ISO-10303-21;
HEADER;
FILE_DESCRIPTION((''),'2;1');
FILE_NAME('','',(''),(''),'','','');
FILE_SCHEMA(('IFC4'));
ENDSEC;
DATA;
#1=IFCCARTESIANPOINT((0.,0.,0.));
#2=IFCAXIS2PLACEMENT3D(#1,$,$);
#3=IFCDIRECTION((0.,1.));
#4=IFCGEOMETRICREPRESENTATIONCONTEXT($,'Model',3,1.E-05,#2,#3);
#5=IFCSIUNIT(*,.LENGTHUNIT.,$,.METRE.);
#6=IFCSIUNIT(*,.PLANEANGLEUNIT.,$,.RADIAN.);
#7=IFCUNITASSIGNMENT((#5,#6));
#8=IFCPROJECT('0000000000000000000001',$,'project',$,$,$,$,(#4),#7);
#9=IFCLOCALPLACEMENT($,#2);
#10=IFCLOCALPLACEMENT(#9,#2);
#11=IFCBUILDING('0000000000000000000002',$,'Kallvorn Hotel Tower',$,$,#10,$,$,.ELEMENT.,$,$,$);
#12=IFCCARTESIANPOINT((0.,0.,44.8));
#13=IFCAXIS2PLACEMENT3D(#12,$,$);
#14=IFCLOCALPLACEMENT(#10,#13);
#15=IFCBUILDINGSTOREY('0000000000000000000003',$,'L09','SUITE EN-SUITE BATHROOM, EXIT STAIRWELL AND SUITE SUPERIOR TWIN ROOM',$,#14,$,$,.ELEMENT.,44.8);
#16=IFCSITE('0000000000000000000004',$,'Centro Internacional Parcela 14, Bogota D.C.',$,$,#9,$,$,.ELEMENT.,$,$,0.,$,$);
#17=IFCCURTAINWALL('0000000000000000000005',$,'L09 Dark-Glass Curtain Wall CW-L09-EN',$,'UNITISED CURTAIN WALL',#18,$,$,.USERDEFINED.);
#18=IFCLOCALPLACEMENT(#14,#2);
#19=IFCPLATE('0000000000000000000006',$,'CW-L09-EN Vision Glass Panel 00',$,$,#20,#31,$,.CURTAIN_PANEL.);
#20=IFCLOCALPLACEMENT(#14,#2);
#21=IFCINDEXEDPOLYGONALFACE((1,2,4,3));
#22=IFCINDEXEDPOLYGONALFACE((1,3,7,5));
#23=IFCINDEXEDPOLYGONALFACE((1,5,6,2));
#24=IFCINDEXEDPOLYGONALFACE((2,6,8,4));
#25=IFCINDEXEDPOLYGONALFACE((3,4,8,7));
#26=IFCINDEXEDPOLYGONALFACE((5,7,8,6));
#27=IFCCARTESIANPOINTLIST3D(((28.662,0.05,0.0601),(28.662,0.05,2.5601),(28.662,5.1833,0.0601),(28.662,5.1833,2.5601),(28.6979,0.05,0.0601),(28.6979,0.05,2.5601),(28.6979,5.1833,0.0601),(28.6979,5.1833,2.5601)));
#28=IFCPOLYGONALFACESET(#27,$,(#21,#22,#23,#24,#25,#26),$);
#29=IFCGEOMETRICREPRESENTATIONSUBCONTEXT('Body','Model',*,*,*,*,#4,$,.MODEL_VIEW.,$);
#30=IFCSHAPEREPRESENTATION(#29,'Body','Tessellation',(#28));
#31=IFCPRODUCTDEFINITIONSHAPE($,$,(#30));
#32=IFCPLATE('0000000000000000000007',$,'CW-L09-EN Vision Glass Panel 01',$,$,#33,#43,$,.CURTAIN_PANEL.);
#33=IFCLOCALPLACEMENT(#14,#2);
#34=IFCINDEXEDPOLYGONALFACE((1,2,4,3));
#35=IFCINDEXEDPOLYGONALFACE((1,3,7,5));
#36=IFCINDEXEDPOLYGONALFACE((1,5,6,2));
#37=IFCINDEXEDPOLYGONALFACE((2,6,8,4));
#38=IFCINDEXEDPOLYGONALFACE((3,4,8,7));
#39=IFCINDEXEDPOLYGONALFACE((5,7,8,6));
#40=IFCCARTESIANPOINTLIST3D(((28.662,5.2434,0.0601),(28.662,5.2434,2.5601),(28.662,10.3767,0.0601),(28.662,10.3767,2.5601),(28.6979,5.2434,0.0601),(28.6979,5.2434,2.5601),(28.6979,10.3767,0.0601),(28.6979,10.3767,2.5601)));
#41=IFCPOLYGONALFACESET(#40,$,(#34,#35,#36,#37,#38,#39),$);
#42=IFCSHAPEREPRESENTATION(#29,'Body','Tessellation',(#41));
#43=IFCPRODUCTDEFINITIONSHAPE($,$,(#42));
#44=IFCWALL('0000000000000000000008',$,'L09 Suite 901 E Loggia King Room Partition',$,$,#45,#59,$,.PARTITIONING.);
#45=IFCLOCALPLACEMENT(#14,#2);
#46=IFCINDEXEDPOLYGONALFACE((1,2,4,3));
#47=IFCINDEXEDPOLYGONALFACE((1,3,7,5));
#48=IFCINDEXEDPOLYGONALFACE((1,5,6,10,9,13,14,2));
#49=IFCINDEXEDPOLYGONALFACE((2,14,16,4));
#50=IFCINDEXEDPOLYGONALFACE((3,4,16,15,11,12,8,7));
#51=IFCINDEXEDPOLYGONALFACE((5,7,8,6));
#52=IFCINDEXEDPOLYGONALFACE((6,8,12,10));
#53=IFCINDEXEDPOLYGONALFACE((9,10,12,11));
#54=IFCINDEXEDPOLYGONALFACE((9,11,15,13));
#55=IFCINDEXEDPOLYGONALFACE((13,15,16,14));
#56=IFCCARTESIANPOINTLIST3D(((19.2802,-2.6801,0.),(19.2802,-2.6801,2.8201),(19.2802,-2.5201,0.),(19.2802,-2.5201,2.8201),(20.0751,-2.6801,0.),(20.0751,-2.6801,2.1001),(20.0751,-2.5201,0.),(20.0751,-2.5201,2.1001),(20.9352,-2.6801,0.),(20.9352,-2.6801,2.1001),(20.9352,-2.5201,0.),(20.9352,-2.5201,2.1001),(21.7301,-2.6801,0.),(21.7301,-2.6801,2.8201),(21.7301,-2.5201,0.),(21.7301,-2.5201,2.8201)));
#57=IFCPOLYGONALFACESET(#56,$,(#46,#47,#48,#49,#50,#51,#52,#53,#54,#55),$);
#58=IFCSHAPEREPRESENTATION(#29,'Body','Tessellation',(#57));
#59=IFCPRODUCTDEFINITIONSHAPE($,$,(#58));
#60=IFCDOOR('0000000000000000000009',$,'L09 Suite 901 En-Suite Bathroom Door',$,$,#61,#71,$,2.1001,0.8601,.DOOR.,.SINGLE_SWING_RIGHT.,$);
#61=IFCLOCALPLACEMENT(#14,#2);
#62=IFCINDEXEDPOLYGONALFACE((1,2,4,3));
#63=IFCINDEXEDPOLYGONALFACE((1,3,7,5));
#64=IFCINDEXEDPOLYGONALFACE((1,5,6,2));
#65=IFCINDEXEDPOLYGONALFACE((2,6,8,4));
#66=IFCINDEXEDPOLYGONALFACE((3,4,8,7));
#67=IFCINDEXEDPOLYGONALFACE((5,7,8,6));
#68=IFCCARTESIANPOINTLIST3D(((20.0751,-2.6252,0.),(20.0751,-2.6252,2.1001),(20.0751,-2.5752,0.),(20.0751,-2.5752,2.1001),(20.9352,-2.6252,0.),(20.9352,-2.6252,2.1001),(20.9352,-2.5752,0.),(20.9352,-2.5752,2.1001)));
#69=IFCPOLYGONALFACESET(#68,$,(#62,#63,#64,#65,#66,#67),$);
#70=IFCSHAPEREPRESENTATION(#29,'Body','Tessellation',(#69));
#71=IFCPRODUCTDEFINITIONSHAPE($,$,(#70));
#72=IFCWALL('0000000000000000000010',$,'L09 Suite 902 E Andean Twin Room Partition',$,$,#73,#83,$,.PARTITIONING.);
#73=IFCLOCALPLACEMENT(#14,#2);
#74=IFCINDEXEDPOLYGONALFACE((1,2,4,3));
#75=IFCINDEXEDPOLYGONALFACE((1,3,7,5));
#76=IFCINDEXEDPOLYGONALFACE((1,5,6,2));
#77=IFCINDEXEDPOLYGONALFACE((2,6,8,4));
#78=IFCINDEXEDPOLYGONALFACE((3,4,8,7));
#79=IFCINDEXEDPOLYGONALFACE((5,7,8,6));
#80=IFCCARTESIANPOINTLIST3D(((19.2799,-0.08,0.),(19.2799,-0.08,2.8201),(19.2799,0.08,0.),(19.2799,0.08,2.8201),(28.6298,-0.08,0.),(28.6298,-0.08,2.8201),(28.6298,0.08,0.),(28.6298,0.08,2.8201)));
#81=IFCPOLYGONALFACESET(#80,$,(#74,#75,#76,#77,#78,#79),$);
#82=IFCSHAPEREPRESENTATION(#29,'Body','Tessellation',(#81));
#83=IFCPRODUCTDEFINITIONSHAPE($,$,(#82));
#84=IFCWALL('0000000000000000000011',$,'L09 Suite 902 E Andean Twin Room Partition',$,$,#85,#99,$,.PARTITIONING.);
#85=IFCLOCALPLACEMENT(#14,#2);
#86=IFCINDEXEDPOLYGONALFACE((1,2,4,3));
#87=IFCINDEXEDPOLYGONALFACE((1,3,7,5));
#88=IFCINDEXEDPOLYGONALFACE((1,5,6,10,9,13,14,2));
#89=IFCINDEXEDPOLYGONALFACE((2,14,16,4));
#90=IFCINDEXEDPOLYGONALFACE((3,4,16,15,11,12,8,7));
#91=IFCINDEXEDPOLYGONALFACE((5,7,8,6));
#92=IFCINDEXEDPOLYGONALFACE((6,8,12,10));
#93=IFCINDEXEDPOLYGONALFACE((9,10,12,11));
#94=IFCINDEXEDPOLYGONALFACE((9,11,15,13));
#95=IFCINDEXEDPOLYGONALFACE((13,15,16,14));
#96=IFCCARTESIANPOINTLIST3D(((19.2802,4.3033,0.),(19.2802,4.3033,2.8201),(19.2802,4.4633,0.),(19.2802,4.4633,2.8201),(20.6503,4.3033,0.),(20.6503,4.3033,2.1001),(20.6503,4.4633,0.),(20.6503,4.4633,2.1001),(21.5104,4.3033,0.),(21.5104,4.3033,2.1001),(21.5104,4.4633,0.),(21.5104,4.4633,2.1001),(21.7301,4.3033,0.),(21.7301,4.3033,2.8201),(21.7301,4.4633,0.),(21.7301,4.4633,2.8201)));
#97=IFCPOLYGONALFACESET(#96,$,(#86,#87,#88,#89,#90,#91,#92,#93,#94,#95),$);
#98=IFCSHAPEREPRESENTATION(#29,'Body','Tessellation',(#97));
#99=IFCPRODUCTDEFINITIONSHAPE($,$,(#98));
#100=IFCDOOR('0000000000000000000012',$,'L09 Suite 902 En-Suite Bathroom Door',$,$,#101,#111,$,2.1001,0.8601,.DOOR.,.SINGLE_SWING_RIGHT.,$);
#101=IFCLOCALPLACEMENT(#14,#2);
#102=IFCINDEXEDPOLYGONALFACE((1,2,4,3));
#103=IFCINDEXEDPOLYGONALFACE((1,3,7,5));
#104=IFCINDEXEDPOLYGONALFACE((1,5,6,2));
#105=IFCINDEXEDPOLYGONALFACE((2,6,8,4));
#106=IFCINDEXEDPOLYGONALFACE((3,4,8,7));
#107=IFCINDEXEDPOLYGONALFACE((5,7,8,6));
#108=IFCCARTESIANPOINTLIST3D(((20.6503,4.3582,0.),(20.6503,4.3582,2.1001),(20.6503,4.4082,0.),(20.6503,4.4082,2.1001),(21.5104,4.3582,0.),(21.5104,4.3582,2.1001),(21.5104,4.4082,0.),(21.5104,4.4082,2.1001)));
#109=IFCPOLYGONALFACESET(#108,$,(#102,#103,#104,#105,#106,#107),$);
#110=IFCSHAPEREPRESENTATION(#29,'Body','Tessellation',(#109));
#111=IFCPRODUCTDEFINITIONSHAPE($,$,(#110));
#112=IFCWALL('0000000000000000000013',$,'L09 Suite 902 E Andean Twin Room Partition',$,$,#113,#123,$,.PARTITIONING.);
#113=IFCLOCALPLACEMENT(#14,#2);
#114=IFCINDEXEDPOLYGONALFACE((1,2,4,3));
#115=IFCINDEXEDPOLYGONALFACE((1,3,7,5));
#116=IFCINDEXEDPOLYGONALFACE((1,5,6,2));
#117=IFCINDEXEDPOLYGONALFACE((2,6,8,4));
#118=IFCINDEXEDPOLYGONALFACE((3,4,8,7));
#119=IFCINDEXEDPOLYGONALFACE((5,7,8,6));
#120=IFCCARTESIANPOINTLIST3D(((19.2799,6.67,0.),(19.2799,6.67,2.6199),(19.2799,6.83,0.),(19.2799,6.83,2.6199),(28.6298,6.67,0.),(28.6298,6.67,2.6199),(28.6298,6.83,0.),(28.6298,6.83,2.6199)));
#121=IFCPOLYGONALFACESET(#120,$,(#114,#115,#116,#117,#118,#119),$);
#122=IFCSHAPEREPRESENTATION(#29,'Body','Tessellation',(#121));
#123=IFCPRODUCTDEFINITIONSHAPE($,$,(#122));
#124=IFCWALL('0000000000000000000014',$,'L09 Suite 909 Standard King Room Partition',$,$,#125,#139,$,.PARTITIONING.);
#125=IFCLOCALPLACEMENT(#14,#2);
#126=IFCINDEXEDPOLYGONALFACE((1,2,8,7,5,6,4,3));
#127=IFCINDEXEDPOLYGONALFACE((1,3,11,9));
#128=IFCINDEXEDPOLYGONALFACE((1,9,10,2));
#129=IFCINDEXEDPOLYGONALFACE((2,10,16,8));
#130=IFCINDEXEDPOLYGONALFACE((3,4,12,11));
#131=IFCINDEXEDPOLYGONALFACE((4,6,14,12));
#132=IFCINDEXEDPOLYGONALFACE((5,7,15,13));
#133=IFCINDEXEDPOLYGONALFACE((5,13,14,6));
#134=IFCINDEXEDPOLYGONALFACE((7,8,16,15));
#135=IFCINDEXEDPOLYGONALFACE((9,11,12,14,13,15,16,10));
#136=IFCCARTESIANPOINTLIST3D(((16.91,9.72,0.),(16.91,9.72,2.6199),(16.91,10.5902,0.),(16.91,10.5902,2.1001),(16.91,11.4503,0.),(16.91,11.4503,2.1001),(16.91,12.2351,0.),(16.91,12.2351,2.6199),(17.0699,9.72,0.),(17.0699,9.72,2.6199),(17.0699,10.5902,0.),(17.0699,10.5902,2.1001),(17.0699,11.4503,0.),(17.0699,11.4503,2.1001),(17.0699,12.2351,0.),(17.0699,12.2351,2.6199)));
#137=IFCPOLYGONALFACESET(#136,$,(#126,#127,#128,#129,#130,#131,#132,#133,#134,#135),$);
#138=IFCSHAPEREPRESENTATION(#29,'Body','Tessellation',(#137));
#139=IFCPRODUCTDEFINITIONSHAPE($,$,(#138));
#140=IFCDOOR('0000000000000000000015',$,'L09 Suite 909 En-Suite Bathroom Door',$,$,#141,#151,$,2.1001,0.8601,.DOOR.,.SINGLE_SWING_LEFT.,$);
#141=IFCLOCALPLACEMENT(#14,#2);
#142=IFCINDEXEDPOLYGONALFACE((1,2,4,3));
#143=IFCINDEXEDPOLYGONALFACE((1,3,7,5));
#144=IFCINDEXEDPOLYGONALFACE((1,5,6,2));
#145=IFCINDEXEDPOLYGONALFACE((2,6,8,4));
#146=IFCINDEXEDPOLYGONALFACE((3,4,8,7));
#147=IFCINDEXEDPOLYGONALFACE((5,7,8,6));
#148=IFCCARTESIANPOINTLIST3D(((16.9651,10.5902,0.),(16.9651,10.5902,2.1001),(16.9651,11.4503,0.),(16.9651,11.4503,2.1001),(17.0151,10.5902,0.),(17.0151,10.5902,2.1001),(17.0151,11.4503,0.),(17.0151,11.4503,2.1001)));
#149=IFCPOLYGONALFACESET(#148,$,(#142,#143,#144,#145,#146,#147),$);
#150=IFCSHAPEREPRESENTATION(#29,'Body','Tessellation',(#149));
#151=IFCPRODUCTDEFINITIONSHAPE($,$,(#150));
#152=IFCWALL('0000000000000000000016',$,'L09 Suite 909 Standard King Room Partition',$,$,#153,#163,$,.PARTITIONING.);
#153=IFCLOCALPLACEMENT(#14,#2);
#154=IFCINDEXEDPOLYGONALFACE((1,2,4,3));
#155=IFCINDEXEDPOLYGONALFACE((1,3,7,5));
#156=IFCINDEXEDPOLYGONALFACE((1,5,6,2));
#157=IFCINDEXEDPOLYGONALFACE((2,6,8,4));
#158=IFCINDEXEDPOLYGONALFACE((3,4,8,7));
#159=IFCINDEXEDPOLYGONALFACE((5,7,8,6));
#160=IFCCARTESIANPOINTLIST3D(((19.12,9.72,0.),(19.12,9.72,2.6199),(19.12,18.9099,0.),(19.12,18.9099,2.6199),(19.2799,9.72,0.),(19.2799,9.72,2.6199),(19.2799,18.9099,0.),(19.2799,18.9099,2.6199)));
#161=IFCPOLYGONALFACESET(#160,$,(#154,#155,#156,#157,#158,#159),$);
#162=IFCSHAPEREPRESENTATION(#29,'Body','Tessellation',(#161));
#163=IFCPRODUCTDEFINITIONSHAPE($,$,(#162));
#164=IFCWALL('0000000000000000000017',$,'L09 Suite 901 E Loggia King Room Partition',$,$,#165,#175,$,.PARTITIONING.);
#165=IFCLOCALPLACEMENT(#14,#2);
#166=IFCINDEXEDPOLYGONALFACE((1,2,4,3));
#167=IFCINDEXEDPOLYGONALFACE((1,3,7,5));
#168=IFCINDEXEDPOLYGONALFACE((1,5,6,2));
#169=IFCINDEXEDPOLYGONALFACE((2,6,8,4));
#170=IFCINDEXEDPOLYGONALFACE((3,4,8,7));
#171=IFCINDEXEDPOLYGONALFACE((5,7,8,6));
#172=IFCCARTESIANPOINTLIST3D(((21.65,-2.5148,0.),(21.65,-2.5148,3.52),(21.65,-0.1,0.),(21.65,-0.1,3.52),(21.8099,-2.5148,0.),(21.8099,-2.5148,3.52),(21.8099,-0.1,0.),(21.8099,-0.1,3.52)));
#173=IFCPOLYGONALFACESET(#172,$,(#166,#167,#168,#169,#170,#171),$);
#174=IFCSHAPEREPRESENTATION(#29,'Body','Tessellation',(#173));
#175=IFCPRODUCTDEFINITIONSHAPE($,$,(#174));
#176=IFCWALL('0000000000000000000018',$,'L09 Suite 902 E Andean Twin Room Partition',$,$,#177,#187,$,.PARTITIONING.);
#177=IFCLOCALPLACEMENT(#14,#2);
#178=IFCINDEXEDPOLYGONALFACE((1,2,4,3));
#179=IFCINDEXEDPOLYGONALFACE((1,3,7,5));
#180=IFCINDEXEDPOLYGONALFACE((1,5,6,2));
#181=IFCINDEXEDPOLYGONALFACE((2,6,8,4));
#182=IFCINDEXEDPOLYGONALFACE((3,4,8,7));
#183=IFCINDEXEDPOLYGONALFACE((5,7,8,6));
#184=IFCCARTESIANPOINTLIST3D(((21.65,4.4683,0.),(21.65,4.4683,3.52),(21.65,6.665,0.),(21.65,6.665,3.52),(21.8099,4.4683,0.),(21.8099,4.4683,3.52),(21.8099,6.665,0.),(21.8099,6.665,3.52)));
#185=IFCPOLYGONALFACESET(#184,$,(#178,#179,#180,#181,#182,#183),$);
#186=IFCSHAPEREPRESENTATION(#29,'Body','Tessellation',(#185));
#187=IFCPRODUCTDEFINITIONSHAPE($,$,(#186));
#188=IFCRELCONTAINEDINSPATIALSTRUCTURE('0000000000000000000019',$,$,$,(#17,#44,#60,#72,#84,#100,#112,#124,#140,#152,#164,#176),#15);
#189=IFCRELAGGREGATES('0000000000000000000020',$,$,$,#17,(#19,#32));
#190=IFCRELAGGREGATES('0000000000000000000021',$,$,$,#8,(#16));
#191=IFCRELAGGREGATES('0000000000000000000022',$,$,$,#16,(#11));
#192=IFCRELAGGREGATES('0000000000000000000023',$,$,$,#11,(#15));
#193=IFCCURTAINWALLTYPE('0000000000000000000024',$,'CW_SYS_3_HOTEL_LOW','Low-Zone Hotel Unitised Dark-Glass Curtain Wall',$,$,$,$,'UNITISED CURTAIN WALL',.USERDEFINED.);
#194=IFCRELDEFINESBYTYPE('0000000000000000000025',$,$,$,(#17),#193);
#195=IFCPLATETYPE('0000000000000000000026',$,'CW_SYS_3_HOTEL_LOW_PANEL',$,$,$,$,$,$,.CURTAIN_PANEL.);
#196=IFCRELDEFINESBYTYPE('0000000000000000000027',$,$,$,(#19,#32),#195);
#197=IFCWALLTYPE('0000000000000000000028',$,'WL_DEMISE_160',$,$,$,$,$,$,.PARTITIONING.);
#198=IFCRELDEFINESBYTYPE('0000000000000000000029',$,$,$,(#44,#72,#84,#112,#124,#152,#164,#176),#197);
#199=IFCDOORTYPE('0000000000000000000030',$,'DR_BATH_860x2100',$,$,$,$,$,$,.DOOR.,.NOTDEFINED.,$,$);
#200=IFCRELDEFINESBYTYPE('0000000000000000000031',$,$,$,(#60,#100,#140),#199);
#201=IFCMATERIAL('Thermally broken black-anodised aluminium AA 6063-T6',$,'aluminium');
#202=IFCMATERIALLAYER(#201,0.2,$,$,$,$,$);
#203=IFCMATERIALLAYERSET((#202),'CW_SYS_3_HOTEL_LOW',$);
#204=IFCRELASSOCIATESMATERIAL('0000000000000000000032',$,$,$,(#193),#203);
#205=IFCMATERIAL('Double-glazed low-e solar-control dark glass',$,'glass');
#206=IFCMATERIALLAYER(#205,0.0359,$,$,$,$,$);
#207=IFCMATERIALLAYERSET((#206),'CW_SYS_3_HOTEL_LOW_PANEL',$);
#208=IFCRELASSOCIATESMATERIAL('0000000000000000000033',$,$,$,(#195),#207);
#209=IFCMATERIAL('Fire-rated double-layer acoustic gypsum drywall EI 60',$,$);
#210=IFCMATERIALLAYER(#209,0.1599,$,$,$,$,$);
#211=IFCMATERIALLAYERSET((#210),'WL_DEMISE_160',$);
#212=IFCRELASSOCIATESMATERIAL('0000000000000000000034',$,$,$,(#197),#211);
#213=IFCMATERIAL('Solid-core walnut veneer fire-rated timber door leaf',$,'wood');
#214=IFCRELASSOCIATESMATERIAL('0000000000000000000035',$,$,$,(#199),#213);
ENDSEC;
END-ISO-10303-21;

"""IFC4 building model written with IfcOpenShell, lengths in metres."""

from ifc_helpers import new_model, si_unit, direction, frame, frame_2d, origin, origin_2d, place, context, subcontext, project, spatial, rectangle, extrude, material, layer, layer_set, type_object, element, fill, aggregate, save


model = new_model("IFC4")

# Units and contexts
model_context = context("Model", 3, precision=1e-05, world=origin(), true_north=direction((0.0, 1.0)))
body_context = subcontext(model_context, "Body", "Model", "MODEL_VIEW")
ifc_project = project(units=[si_unit("LENGTHUNIT", "METRE"), si_unit("PLANEANGLEUNIT", "RADIAN")], contexts=[model_context])

# Site, building, storey
site_placement = place(None, origin())
site = spatial("IfcSite", under=ifc_project, at=site_placement, Name="Centro Internacional Parcela 14, Bogota D.C.", CompositionType="ELEMENT", RefElevation=0.0)
building_placement = place(site_placement, origin())
building = spatial("IfcBuilding", under=site, at=building_placement, Name="Kallvorn Hotel Tower", CompositionType="ELEMENT")
storey_placement = place(building_placement, frame((0.0, 0.0, 44.8)))
storey = spatial("IfcBuildingStorey", under=building, at=storey_placement, Name="L09", Description="SUITE EN-SUITE BATHROOM, EXIT STAIRWELL AND SUITE SUPERIOR TWIN ROOM", CompositionType="ELEMENT", Elevation=44.8)

# Curtain wall, plates
ifc_material_1 = material(Name="Thermally broken black-anodised aluminium AA 6063-T6", Category="aluminium")
ifc_layer_1 = layer(ifc_material_1, 0.2)
ifc_layer_set_1 = layer_set([ifc_layer_1], Name="CW_SYS_3_HOTEL_LOW")
curtain_wall_type = type_object("IfcCurtainWallType", Name="CW_SYS_3_HOTEL_LOW", Description="Low-Zone Hotel Unitised Dark-Glass Curtain Wall", ElementType="UNITISED CURTAIN WALL", PredefinedType="USERDEFINED", material=ifc_layer_set_1)
curtain_wall_placement = place(storey_placement, origin())
curtain_wall = element("IfcCurtainWall", 1, at=curtain_wall_placement, inside=storey, type_object=curtain_wall_type, Name="L09 Dark-Glass Curtain Wall CW-L09-EN", ObjectType="UNITISED CURTAIN WALL", PredefinedType="USERDEFINED")
ifc_material_2 = material(Name="Double-glazed low-e solar-control dark glass", Category="glass")
ifc_layer_2 = layer(ifc_material_2, 0.0359)
ifc_layer_set_2 = layer_set([ifc_layer_2], Name="CW_SYS_3_HOTEL_LOW_PANEL")
plate_type = type_object("IfcPlateType", Name="CW_SYS_3_HOTEL_LOW_PANEL", PredefinedType="CURTAIN_PANEL", material=ifc_layer_set_2)
plate_1_placement = place(storey_placement, frame((28.6799, 2.6167, 0.0601), z_axis=(0.0, 0.0, 1.0), x_axis=(0.0, 1.0, 0.0)))
plate_1 = element("IfcPlate", 2, at=plate_1_placement, type_object=plate_type, Name="CW-L09-EN Vision Glass Panel 00", PredefinedType="CURTAIN_PANEL", context=body_context, shape_type="SweptSolid", body=[
    extrude(rectangle(XDim=5.1333, YDim=0.0359, at=origin_2d()), origin(), (0.0, 0.0, 1.0), 2.5),
])
plate_2_placement = place(storey_placement, frame((28.6799, 7.8101, 0.0601), z_axis=(0.0, 0.0, 1.0), x_axis=(0.0, 1.0, 0.0)))
plate_2 = element("IfcPlate", 3, at=plate_2_placement, type_object=plate_type, Name="CW-L09-EN Vision Glass Panel 01", PredefinedType="CURTAIN_PANEL", context=body_context, shape_type="SweptSolid", body=[
    extrude(rectangle(XDim=5.1333, YDim=0.0359, at=origin_2d()), origin(), (0.0, 0.0, 1.0), 2.5),
])
aggregate(curtain_wall, [plate_1, plate_2])

# Wall, opening, door
ifc_material_3 = material(Name="Fire-rated double-layer acoustic gypsum drywall EI 60")
ifc_layer_3 = layer(ifc_material_3, 0.1599)
ifc_layer_set_3 = layer_set([ifc_layer_3], Name="WL_DEMISE_160")
wall_type = type_object("IfcWallType", Name="WL_DEMISE_160", PredefinedType="PARTITIONING", material=ifc_layer_set_3)
wall_1_placement = place(storey_placement, frame((19.28, -2.6001, 0.0), z_axis=(0.0, 0.0, 1.0), x_axis=(1.0, 0.0, 0.0)))
wall_1 = element("IfcWall", 4, at=wall_1_placement, inside=storey, type_object=wall_type, Name="L09 Suite 901 E Loggia King Room Partition", PredefinedType="PARTITIONING", context=body_context, shape_type="SweptSolid", body=[
    extrude(rectangle(XDim=2.45, YDim=0.1599, at=frame_2d((1.2251, 0.0))), origin(), (0.0, 0.0, 1.0), 2.8201),
])
opening_1_placement = place(wall_1_placement, frame((0.7949, 0.0, 0.0)))
opening_1 = element("IfcOpeningElement", 5, at=opening_1_placement, cuts=wall_1, PredefinedType="OPENING", context=body_context, shape_type="SweptSolid", body=[
    extrude(rectangle(XDim=0.8601, YDim=2.1001, at=frame_2d((0.4302, 1.05))), frame((0.0, 0.095, 0.0), z_axis=(0.0, -1.0, 0.0), x_axis=(1.0, 0.0, 0.0)), (0.0, 0.0, 1.0), 0.1899),
])
ifc_material_4 = material(Name="Solid-core walnut veneer fire-rated timber door leaf", Category="wood")
door_type = type_object("IfcDoorType", Name="DR_BATH_860x2100", OperationType="NOTDEFINED", PredefinedType="DOOR", material=ifc_material_4)
door_1_placement = place(opening_1_placement, origin())
door_1 = element("IfcDoor", 6, at=door_1_placement, inside=storey, type_object=door_type, Name="L09 Suite 901 En-Suite Bathroom Door", OperationType="SINGLE_SWING_RIGHT", OverallHeight=2.1001, OverallWidth=0.8601, PredefinedType="DOOR", context=body_context, shape_type="SweptSolid", body=[
    extrude(rectangle(XDim=0.8601, YDim=2.1001, at=frame_2d((0.4302, 1.05))), frame((0.0, 0.0249, 0.0), z_axis=(0.0, -1.0, 0.0), x_axis=(1.0, 0.0, 0.0)), (0.0, 0.0, 1.0), 0.05),
])
fill(opening_1, door_1)

# Wall
wall_2_placement = place(storey_placement, frame((19.28, 0.0, 0.0), z_axis=(0.0, 0.0, 1.0), x_axis=(1.0, 0.0, 0.0)))
element("IfcWall", 7, at=wall_2_placement, inside=storey, type_object=wall_type, Name="L09 Suite 902 E Andean Twin Room Partition", PredefinedType="PARTITIONING", context=body_context, shape_type="SweptSolid", body=[
    extrude(rectangle(XDim=9.3499, YDim=0.1599, at=frame_2d((4.6748, 0.0))), origin(), (0.0, 0.0, 1.0), 2.8201),
])

# Wall, opening, door
wall_3_placement = place(storey_placement, frame((19.28, 4.3833, 0.0), z_axis=(0.0, 0.0, 1.0), x_axis=(1.0, 0.0, 0.0)))
wall_3 = element("IfcWall", 8, at=wall_3_placement, inside=storey, type_object=wall_type, Name="L09 Suite 902 E Andean Twin Room Partition", PredefinedType="PARTITIONING", context=body_context, shape_type="SweptSolid", body=[
    extrude(rectangle(XDim=2.45, YDim=0.1599, at=frame_2d((1.2251, 0.0))), origin(), (0.0, 0.0, 1.0), 2.8201),
])
opening_2_placement = place(wall_3_placement, frame((1.3701, 0.0, 0.0)))
opening_2 = element("IfcOpeningElement", 9, at=opening_2_placement, cuts=wall_3, PredefinedType="OPENING", context=body_context, shape_type="SweptSolid", body=[
    extrude(rectangle(XDim=0.8601, YDim=2.1001, at=frame_2d((0.4302, 1.05))), frame((0.0, 0.095, 0.0), z_axis=(0.0, -1.0, 0.0), x_axis=(1.0, 0.0, 0.0)), (0.0, 0.0, 1.0), 0.1899),
])
door_2_placement = place(opening_2_placement, origin())
door_2 = element("IfcDoor", 10, at=door_2_placement, inside=storey, type_object=door_type, Name="L09 Suite 902 En-Suite Bathroom Door", OperationType="SINGLE_SWING_RIGHT", OverallHeight=2.1001, OverallWidth=0.8601, PredefinedType="DOOR", context=body_context, shape_type="SweptSolid", body=[
    extrude(rectangle(XDim=0.8601, YDim=2.1001, at=frame_2d((0.4302, 1.05))), frame((0.0, 0.0249, 0.0), z_axis=(0.0, -1.0, 0.0), x_axis=(1.0, 0.0, 0.0)), (0.0, 0.0, 1.0), 0.05),
])
fill(opening_2, door_2)

# Wall
wall_4_placement = place(storey_placement, frame((19.28, 6.75, 0.0), z_axis=(0.0, 0.0, 1.0), x_axis=(1.0, 0.0, 0.0)))
element("IfcWall", 11, at=wall_4_placement, inside=storey, type_object=wall_type, Name="L09 Suite 902 E Andean Twin Room Partition", PredefinedType="PARTITIONING", context=body_context, shape_type="SweptSolid", body=[
    extrude(rectangle(XDim=9.3499, YDim=0.1599, at=frame_2d((4.6748, 0.0))), origin(), (0.0, 0.0, 1.0), 2.6199),
])

# Wall, opening, door
wall_5_placement = place(storey_placement, frame((16.99, 9.72, 0.0), z_axis=(0.0, 0.0, 1.0), x_axis=(0.0, 1.0, 0.0)))
wall_5 = element("IfcWall", 12, at=wall_5_placement, inside=storey, type_object=wall_type, Name="L09 Suite 909 Standard King Room Partition", PredefinedType="PARTITIONING", context=body_context, shape_type="SweptSolid", body=[
    extrude(rectangle(XDim=2.5151, YDim=0.1599, at=frame_2d((1.2576, 0.0))), origin(), (0.0, 0.0, 1.0), 2.6199),
])
opening_3_placement = place(wall_5_placement, frame((0.8701, 0.0, 0.0)))
opening_3 = element("IfcOpeningElement", 13, at=opening_3_placement, cuts=wall_5, PredefinedType="OPENING", context=body_context, shape_type="SweptSolid", body=[
    extrude(rectangle(XDim=0.8601, YDim=2.1001, at=frame_2d((0.4302, 1.05))), frame((0.0, 0.095, 0.0), z_axis=(0.0, -1.0, 0.0), x_axis=(1.0, 0.0, 0.0)), (0.0, 0.0, 1.0), 0.1899),
])
door_3_placement = place(opening_3_placement, origin())
door_3 = element("IfcDoor", 14, at=door_3_placement, inside=storey, type_object=door_type, Name="L09 Suite 909 En-Suite Bathroom Door", OperationType="SINGLE_SWING_LEFT", OverallHeight=2.1001, OverallWidth=0.8601, PredefinedType="DOOR", context=body_context, shape_type="SweptSolid", body=[
    extrude(rectangle(XDim=0.8601, YDim=2.1001, at=frame_2d((0.4302, 1.05))), frame((0.0, 0.0249, 0.0), z_axis=(0.0, -1.0, 0.0), x_axis=(1.0, 0.0, 0.0)), (0.0, 0.0, 1.0), 0.05),
])
fill(opening_3, door_3)

# Walls
wall_6_placement = place(storey_placement, frame((19.2, 9.72, 0.0), z_axis=(0.0, 0.0, 1.0), x_axis=(0.0, 1.0, 0.0)))
element("IfcWall", 15, at=wall_6_placement, inside=storey, type_object=wall_type, Name="L09 Suite 909 Standard King Room Partition", PredefinedType="PARTITIONING", context=body_context, shape_type="SweptSolid", body=[
    extrude(rectangle(XDim=9.1899, YDim=0.1599, at=frame_2d((4.595, 0.0))), origin(), (0.0, 0.0, 1.0), 2.6199),
])
wall_7_placement = place(storey_placement, frame((21.73, -2.5149, 0.0), z_axis=(0.0, 0.0, 1.0), x_axis=(0.0, 1.0, 0.0)))
element("IfcWall", 16, at=wall_7_placement, inside=storey, type_object=wall_type, Name="L09 Suite 901 E Loggia King Room Partition", PredefinedType="PARTITIONING", context=body_context, shape_type="SweptSolid", body=[
    extrude(rectangle(XDim=2.4148, YDim=0.1599, at=frame_2d((1.2075, 0.0))), origin(), (0.0, 0.0, 1.0), 3.52),
])
wall_8_placement = place(storey_placement, frame((21.73, 4.4683, 0.0), z_axis=(0.0, 0.0, 1.0), x_axis=(0.0, 1.0, 0.0)))
element("IfcWall", 17, at=wall_8_placement, inside=storey, type_object=wall_type, Name="L09 Suite 902 E Andean Twin Room Partition", PredefinedType="PARTITIONING", context=body_context, shape_type="SweptSolid", body=[
    extrude(rectangle(XDim=2.1968, YDim=0.1599, at=frame_2d((1.0984, 0.0))), origin(), (0.0, 0.0, 1.0), 3.52),
])

save(model, "model.ifc")
